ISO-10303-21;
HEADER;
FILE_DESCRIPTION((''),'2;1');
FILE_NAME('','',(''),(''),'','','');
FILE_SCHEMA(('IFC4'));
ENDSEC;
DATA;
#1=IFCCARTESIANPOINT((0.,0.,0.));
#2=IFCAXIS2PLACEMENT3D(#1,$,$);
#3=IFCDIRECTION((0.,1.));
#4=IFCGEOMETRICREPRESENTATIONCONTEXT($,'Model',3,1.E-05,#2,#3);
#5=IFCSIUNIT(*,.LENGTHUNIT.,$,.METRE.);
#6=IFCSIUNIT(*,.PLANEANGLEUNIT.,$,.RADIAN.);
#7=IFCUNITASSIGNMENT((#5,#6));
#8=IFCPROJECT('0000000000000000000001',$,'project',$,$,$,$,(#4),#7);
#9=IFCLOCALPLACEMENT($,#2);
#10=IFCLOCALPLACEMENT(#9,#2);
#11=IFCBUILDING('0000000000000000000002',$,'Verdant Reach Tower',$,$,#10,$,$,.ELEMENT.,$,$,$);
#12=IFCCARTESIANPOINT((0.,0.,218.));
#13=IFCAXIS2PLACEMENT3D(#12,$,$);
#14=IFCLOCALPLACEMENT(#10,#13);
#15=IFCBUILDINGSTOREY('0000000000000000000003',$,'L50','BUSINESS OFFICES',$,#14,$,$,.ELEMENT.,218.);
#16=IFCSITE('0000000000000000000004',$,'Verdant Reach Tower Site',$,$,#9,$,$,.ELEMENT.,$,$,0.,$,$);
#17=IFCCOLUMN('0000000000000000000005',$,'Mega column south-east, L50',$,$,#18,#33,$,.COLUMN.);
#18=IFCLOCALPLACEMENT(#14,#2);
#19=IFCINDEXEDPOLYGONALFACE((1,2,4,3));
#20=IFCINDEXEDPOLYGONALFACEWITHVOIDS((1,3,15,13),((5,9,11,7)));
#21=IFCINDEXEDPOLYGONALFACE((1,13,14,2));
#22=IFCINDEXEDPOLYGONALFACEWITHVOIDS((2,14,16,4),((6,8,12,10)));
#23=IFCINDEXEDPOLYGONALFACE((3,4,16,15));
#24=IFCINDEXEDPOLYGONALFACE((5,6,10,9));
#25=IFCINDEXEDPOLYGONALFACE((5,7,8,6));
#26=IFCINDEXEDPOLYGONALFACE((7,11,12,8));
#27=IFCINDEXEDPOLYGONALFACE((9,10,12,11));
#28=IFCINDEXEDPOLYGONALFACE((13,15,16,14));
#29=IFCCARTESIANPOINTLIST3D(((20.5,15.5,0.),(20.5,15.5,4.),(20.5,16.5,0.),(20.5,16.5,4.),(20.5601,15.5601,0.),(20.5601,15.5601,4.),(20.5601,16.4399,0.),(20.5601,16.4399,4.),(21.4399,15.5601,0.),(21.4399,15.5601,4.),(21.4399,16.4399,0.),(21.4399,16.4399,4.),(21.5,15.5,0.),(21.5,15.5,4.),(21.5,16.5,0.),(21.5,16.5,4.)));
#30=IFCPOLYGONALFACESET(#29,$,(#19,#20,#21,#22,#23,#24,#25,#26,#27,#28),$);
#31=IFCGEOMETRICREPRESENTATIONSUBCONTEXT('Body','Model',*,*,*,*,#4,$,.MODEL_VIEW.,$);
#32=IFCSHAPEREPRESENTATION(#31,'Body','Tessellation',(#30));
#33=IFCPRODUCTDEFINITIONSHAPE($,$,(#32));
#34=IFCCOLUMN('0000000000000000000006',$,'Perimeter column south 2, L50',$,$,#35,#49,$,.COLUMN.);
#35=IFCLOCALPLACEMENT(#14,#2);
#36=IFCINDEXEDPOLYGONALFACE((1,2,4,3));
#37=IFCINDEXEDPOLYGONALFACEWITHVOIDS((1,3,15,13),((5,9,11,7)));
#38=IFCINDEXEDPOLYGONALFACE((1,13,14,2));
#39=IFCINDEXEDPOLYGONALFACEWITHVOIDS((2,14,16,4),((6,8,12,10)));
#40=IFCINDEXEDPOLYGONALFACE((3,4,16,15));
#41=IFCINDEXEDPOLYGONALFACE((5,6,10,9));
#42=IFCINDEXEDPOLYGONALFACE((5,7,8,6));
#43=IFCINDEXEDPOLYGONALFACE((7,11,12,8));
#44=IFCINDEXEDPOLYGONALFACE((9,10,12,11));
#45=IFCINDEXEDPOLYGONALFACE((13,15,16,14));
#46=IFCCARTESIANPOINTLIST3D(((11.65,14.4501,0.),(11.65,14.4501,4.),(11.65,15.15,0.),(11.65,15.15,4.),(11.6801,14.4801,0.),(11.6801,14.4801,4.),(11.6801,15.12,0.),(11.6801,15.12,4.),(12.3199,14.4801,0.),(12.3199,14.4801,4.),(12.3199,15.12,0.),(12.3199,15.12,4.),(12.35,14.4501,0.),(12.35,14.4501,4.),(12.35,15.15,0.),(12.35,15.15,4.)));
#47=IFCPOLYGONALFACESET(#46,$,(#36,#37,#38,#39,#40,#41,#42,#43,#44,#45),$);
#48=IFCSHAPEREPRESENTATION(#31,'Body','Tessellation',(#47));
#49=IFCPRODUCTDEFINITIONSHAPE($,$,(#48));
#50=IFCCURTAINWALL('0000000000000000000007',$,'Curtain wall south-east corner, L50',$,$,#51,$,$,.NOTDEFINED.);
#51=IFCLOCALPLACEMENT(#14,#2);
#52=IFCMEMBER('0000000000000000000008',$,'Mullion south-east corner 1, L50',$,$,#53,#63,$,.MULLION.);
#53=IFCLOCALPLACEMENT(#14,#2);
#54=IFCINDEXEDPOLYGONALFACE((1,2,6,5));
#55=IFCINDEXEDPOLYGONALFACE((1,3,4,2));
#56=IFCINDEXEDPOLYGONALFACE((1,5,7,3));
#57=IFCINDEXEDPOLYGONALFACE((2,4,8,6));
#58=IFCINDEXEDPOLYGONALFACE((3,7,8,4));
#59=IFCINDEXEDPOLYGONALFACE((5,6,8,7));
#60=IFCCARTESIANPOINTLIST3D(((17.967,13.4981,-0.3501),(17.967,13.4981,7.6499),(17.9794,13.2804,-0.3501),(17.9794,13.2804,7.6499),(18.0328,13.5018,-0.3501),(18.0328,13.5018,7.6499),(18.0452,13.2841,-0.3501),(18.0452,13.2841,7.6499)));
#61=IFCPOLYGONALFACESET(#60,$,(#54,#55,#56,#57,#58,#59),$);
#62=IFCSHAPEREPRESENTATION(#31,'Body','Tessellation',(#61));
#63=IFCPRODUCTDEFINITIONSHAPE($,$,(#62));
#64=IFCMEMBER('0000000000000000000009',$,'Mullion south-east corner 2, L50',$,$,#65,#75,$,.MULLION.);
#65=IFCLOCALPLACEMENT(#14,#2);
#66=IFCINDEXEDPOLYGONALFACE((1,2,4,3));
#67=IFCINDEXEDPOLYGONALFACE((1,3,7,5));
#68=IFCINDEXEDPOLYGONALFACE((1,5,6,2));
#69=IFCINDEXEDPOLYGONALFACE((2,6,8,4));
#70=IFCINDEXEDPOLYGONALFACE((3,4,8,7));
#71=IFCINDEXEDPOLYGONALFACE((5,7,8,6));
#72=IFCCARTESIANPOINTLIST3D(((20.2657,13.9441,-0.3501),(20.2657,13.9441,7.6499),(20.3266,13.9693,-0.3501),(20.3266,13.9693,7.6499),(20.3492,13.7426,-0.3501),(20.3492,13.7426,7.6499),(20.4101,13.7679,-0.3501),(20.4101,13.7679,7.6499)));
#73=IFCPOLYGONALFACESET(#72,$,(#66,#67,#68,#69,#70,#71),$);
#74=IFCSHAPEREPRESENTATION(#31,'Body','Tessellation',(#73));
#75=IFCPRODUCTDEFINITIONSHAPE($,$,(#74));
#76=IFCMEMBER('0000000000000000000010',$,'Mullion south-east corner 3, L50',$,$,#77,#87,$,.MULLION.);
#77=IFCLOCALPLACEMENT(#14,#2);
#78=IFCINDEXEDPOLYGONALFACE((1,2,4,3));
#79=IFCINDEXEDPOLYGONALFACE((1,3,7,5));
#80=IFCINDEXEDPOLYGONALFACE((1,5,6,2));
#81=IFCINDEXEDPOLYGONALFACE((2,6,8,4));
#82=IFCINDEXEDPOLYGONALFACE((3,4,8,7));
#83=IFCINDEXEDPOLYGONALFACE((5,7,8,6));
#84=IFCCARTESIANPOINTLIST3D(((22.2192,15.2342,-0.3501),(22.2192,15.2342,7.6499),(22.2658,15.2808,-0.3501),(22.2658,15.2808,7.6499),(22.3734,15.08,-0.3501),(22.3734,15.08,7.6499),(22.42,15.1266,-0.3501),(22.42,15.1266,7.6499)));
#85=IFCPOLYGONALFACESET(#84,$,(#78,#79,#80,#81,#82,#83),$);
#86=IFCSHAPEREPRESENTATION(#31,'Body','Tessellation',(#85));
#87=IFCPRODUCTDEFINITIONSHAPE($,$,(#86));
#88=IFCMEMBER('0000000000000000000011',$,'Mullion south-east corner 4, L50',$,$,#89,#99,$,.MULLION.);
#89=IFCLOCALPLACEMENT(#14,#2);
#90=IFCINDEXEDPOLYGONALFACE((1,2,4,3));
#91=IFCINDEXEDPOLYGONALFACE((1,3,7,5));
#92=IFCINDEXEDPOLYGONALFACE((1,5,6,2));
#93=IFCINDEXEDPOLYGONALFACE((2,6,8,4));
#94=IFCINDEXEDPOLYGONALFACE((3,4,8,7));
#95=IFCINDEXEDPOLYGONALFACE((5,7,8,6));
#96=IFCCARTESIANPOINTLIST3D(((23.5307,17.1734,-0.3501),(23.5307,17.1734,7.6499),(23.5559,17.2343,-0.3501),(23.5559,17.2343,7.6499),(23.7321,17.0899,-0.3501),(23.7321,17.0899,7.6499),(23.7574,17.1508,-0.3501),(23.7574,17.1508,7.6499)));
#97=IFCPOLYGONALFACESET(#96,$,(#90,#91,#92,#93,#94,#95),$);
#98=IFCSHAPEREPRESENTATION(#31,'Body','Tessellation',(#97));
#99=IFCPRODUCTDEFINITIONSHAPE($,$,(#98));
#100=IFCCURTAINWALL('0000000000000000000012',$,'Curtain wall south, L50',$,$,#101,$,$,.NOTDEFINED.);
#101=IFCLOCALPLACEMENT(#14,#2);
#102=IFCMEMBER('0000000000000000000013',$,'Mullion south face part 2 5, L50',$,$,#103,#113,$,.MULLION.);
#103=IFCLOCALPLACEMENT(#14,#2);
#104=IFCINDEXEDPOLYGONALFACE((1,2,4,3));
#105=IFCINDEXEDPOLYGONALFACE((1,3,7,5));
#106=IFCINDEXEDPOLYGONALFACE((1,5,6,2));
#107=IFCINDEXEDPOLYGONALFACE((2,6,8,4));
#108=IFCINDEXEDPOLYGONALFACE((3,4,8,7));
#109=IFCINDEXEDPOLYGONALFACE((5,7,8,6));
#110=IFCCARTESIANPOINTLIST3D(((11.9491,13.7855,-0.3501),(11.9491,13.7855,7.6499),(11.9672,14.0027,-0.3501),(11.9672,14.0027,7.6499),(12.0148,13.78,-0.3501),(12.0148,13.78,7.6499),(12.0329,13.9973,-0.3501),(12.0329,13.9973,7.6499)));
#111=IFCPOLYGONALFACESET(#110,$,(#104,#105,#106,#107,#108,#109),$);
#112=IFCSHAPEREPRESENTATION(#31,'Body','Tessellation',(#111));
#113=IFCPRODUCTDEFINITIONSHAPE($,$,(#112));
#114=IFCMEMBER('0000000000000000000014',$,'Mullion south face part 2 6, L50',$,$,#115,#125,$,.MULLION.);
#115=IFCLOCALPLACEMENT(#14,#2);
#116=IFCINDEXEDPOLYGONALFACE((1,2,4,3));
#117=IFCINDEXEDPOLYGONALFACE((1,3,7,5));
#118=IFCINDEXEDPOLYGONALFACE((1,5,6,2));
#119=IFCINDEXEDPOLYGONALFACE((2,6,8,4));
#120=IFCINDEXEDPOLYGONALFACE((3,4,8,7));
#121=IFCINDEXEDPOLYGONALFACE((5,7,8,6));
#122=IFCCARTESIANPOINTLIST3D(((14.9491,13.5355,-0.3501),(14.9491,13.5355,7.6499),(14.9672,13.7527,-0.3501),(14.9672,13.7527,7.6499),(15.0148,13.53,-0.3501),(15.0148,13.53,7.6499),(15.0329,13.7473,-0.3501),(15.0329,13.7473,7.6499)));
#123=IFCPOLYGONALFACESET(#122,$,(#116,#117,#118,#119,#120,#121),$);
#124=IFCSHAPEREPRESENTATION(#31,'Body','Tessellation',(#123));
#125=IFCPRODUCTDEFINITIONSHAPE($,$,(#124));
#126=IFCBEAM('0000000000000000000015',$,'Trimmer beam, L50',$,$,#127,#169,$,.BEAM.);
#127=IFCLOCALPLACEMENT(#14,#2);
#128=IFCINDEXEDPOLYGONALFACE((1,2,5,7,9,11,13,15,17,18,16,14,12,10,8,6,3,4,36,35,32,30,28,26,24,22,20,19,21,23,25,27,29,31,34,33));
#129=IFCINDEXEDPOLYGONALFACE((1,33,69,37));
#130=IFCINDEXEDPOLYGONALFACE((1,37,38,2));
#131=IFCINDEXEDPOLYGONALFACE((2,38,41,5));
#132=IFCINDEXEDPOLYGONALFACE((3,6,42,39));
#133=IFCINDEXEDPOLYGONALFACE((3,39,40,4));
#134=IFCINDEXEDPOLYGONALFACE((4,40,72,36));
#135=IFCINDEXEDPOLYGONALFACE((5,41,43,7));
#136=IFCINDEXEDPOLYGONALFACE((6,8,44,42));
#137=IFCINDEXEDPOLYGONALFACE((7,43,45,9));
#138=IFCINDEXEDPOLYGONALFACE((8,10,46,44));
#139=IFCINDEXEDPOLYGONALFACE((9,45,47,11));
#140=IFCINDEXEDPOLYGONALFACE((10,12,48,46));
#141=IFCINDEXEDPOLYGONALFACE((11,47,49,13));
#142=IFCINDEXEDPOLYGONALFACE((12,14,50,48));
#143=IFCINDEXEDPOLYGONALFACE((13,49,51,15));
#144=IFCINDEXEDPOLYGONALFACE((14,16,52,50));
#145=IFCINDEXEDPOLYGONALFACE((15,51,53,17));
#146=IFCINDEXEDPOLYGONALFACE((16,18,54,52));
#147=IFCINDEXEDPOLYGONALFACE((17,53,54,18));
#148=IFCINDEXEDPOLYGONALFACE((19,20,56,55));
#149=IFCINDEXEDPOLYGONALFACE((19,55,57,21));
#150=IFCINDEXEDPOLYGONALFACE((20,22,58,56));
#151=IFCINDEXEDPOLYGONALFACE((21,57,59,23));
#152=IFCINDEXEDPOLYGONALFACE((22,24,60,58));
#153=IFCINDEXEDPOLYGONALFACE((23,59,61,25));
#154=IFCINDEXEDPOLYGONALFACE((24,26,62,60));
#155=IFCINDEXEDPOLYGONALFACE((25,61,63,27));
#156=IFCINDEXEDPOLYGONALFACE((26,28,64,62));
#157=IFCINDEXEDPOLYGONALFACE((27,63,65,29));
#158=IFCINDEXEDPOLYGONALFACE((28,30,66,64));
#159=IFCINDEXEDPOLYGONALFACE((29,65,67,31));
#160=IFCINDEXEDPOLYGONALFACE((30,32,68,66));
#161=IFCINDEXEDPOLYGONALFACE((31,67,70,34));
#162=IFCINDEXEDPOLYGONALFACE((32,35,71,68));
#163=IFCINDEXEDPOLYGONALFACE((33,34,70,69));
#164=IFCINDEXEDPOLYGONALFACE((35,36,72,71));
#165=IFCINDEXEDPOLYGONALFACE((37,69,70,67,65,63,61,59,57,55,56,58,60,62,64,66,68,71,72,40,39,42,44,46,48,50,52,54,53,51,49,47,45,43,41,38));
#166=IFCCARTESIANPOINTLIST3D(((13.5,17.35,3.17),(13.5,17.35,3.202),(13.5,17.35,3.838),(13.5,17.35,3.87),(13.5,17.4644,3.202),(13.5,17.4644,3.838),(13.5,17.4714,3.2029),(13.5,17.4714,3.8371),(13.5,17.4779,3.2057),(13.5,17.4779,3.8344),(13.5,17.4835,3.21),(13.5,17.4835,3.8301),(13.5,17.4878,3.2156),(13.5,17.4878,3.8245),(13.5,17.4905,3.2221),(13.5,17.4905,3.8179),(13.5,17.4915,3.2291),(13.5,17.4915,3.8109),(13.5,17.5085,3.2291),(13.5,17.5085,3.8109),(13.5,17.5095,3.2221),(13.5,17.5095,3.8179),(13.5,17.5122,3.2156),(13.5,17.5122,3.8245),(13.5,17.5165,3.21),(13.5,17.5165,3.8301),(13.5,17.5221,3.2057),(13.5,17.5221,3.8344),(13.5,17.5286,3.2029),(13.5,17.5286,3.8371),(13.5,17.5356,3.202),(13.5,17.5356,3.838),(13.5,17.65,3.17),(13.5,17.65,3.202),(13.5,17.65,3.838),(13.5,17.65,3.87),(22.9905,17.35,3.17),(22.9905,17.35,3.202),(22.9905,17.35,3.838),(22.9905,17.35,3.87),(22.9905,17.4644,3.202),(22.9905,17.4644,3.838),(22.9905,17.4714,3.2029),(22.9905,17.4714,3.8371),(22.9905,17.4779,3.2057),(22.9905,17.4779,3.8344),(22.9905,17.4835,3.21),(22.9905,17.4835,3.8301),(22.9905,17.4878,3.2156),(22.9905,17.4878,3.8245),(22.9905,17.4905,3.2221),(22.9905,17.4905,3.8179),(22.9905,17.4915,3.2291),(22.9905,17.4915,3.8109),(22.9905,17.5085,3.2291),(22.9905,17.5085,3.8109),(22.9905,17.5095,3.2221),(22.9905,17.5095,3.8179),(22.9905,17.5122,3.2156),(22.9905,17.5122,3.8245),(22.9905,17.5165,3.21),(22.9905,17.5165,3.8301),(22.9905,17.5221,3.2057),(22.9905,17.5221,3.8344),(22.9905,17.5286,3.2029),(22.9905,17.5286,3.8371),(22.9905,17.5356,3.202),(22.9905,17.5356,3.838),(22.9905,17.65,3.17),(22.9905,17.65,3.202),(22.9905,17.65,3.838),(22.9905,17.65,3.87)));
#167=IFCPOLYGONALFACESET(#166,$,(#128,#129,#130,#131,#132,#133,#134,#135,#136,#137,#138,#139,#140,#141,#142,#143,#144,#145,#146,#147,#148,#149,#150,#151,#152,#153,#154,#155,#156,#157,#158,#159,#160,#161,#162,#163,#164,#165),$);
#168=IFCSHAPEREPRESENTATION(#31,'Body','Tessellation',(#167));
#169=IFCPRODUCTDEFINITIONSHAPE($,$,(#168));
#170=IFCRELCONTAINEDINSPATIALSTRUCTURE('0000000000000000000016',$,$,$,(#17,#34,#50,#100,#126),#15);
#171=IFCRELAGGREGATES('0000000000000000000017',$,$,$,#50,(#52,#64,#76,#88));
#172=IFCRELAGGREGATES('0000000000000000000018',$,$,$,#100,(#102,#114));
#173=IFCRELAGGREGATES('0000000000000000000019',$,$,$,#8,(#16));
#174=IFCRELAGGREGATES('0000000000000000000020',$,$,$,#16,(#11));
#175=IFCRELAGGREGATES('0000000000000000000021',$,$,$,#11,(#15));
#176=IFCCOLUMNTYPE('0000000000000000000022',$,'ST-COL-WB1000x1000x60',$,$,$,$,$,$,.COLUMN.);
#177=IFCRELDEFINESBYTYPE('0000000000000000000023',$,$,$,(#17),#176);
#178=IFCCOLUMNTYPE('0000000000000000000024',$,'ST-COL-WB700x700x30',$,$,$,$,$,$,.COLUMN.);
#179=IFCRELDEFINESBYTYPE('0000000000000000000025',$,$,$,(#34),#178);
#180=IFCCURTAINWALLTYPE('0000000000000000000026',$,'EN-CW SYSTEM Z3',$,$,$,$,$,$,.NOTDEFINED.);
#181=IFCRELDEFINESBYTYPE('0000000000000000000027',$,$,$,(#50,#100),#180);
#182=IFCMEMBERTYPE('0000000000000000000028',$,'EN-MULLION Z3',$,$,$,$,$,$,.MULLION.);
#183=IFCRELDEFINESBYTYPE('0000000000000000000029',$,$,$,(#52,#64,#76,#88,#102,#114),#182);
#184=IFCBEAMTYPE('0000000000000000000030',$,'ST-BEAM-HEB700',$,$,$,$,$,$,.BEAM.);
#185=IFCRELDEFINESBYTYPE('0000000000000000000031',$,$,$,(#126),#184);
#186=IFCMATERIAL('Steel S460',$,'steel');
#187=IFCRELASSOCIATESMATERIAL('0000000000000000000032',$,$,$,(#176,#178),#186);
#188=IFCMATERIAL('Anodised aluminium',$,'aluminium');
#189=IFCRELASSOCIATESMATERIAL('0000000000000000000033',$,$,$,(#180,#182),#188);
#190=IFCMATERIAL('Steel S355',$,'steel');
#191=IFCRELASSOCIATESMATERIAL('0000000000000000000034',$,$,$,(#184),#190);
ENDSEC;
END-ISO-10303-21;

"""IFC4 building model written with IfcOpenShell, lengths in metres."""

from ifc_helpers import new_model, si_unit, direction, frame, origin, origin_2d, place, context, subcontext, project, spatial, rectangle, hollow_rectangle, i_section, extrude, material, material_profile, profile_set, type_object, element, aggregate, save


model = new_model("IFC4")

# Units and contexts
model_context = context("Model", 3, precision=1e-05, world=origin(), true_north=direction((0.0, 1.0)))
body_context = subcontext(model_context, "Body", "Model", "MODEL_VIEW")
ifc_project = project(units=[si_unit("LENGTHUNIT", "METRE"), si_unit("PLANEANGLEUNIT", "RADIAN")], contexts=[model_context])

# Site, building, storey
site_placement = place(None, origin())
site = spatial("IfcSite", under=ifc_project, at=site_placement, Name="Verdant Reach Tower Site", CompositionType="ELEMENT", RefElevation=0.0)
building_placement = place(site_placement, origin())
building = spatial("IfcBuilding", under=site, at=building_placement, Name="Verdant Reach Tower", CompositionType="ELEMENT")
storey_placement = place(building_placement, frame((0.0, 0.0, 218.0)))
storey = spatial("IfcBuildingStorey", under=building, at=storey_placement, Name="L50", Description="BUSINESS OFFICES", CompositionType="ELEMENT", Elevation=218.0)

# Columns
ifc_material_1 = material(Name="Steel S460", Category="steel")
ifc_material_profile_1 = material_profile(ifc_material_1, hollow_rectangle(XDim=1.0, YDim=1.0, WallThickness=0.0601, at=origin_2d()), Name="WB 1000x1000x60")
ifc_profile_set_1 = profile_set([ifc_material_profile_1], Name="Steel S460")
column_type_1 = type_object("IfcColumnType", Name="ST-COL-WB1000x1000x60", PredefinedType="COLUMN", material=ifc_profile_set_1)
column_1_placement = place(storey_placement, frame((21.0, 16.0, 0.0), z_axis=(0.0, 0.0, 1.0), x_axis=(1.0, 0.0, 0.0)))
element("IfcColumn", 1, at=column_1_placement, inside=storey, type_object=column_type_1, Name="Mega column south-east, L50", PredefinedType="COLUMN", context=body_context, shape_type="SweptSolid", body=[
    extrude(hollow_rectangle(XDim=1.0, YDim=1.0, WallThickness=0.0601, at=origin_2d()), origin(), (0.0, 0.0, 1.0), 4.0),
])
ifc_material_profile_2 = material_profile(ifc_material_1, hollow_rectangle(XDim=0.7, YDim=0.7, WallThickness=0.03, at=origin_2d()), Name="WB 700x700x30")
ifc_profile_set_2 = profile_set([ifc_material_profile_2], Name="Steel S460")
column_type_2 = type_object("IfcColumnType", Name="ST-COL-WB700x700x30", PredefinedType="COLUMN", material=ifc_profile_set_2)
column_2_placement = place(storey_placement, frame((12.0, 14.8, 0.0), z_axis=(0.0, 0.0, 1.0), x_axis=(1.0, 0.0, 0.0)))
element("IfcColumn", 2, at=column_2_placement, inside=storey, type_object=column_type_2, Name="Perimeter column south 2, L50", PredefinedType="COLUMN", context=body_context, shape_type="SweptSolid", body=[
    extrude(hollow_rectangle(XDim=0.7, YDim=0.7, WallThickness=0.03, at=origin_2d()), origin(), (0.0, 0.0, 1.0), 4.0),
])

# Curtain walls, members
ifc_material_2 = material(Name="Anodised aluminium", Category="aluminium")
curtain_wall_type = type_object("IfcCurtainWallType", Name="EN-CW SYSTEM Z3", PredefinedType="NOTDEFINED", material=ifc_material_2)
curtain_wall_1_placement = place(storey_placement, origin())
curtain_wall_1 = element("IfcCurtainWall", 3, at=curtain_wall_1_placement, inside=storey, type_object=curtain_wall_type, Name="Curtain wall south-east corner, L50", PredefinedType="NOTDEFINED")
ifc_material_profile_3 = material_profile(ifc_material_2, rectangle(XDim=0.218, YDim=0.0659, at=origin_2d()), Name="Mullion 66x218")
ifc_profile_set_3 = profile_set([ifc_material_profile_3], Name="Anodised aluminium")
member_type = type_object("IfcMemberType", Name="EN-MULLION Z3", PredefinedType="MULLION", material=ifc_profile_set_3)
member_1_placement = place(storey_placement, frame((18.0061, 13.3911, -0.3501), z_axis=(0.0, 0.0, 1.0), x_axis=(0.056569, -0.998399, 0.0)))
member_1 = element("IfcMember", 4, at=member_1_placement, type_object=member_type, Name="Mullion south-east corner 1, L50", PredefinedType="MULLION", context=body_context, shape_type="SweptSolid", body=[
    extrude(rectangle(XDim=0.218, YDim=0.0659, at=origin_2d()), origin(), (0.0, 0.0, 1.0), 8.0),
])
member_2_placement = place(storey_placement, frame((20.3379, 13.856, -0.3501), z_axis=(0.0, 0.0, 1.0), x_axis=(0.382694, -0.923875, 0.0)))
member_2 = element("IfcMember", 5, at=member_2_placement, type_object=member_type, Name="Mullion south-east corner 2, L50", PredefinedType="MULLION", context=body_context, shape_type="SweptSolid", body=[
    extrude(rectangle(XDim=0.218, YDim=0.0659, at=origin_2d()), origin(), (0.0, 0.0, 1.0), 8.0),
])
member_3_placement = place(storey_placement, frame((22.3196, 15.1804, -0.3501), z_axis=(0.0, 0.0, 1.0), x_axis=(0.707107, -0.707107, 0.0)))
member_3 = element("IfcMember", 6, at=member_3_placement, type_object=member_type, Name="Mullion south-east corner 3, L50", PredefinedType="MULLION", context=body_context, shape_type="SweptSolid", body=[
    extrude(rectangle(XDim=0.218, YDim=0.0659, at=origin_2d()), origin(), (0.0, 0.0, 1.0), 8.0),
])
member_4_placement = place(storey_placement, frame((23.644, 17.1621, -0.3501), z_axis=(0.0, 0.0, 1.0), x_axis=(0.923875, -0.382694, 0.0)))
member_4 = element("IfcMember", 7, at=member_4_placement, type_object=member_type, Name="Mullion south-east corner 4, L50", PredefinedType="MULLION", context=body_context, shape_type="SweptSolid", body=[
    extrude(rectangle(XDim=0.218, YDim=0.0659, at=origin_2d()), origin(), (0.0, 0.0, 1.0), 8.0),
])
curtain_wall_2_placement = place(storey_placement, origin())
curtain_wall_2 = element("IfcCurtainWall", 8, at=curtain_wall_2_placement, inside=storey, type_object=curtain_wall_type, Name="Curtain wall south, L50", PredefinedType="NOTDEFINED")
member_5_placement = place(storey_placement, frame((11.991, 13.8914, -0.3501), z_axis=(0.0, 0.0, 1.0), x_axis=(-0.083045, -0.996546, 0.0)))
member_5 = element("IfcMember", 9, at=member_5_placement, type_object=member_type, Name="Mullion south face part 2 5, L50", PredefinedType="MULLION", context=body_context, shape_type="SweptSolid", body=[
    extrude(rectangle(XDim=0.218, YDim=0.0659, at=origin_2d()), origin(), (0.0, 0.0, 1.0), 8.0),
])
member_6_placement = place(storey_placement, frame((14.991, 13.6414, -0.3501), z_axis=(0.0, 0.0, 1.0), x_axis=(-0.083045, -0.996546, 0.0)))
member_6 = element("IfcMember", 10, at=member_6_placement, type_object=member_type, Name="Mullion south face part 2 6, L50", PredefinedType="MULLION", context=body_context, shape_type="SweptSolid", body=[
    extrude(rectangle(XDim=0.218, YDim=0.0659, at=origin_2d()), origin(), (0.0, 0.0, 1.0), 8.0),
])

# Beam
ifc_material_3 = material(Name="Steel S355", Category="steel")
ifc_material_profile_4 = material_profile(ifc_material_3, i_section(OverallWidth=0.3, OverallDepth=0.7, WebThickness=0.0171, FlangeThickness=0.032, FilletRadius=0.0271, at=origin_2d()), Name="HEB 700")
ifc_profile_set_4 = profile_set([ifc_material_profile_4], Name="Steel S355")
beam_type_1 = type_object("IfcBeamType", Name="ST-BEAM-HEB700", PredefinedType="BEAM", material=ifc_profile_set_4)
beam_1_placement = place(storey_placement, frame((13.5, 17.5, 3.52), z_axis=(1.0, 0.0, 0.0), x_axis=(0.0, 1.0, 0.0)))
element("IfcBeam", 11, at=beam_1_placement, inside=storey, type_object=beam_type_1, Name="Trimmer beam, L50", PredefinedType="BEAM", context=body_context, shape_type="SweptSolid", body=[
    extrude(i_section(OverallWidth=0.3, OverallDepth=0.7, WebThickness=0.0171, FlangeThickness=0.032, FilletRadius=0.0271, at=origin_2d()), origin(), (0.0, 0.0, 1.0), 9.4905),
])

aggregate(curtain_wall_1, [member_1, member_2, member_3, member_4])
aggregate(curtain_wall_2, [member_5, member_6])

save(model, "model.ifc")
